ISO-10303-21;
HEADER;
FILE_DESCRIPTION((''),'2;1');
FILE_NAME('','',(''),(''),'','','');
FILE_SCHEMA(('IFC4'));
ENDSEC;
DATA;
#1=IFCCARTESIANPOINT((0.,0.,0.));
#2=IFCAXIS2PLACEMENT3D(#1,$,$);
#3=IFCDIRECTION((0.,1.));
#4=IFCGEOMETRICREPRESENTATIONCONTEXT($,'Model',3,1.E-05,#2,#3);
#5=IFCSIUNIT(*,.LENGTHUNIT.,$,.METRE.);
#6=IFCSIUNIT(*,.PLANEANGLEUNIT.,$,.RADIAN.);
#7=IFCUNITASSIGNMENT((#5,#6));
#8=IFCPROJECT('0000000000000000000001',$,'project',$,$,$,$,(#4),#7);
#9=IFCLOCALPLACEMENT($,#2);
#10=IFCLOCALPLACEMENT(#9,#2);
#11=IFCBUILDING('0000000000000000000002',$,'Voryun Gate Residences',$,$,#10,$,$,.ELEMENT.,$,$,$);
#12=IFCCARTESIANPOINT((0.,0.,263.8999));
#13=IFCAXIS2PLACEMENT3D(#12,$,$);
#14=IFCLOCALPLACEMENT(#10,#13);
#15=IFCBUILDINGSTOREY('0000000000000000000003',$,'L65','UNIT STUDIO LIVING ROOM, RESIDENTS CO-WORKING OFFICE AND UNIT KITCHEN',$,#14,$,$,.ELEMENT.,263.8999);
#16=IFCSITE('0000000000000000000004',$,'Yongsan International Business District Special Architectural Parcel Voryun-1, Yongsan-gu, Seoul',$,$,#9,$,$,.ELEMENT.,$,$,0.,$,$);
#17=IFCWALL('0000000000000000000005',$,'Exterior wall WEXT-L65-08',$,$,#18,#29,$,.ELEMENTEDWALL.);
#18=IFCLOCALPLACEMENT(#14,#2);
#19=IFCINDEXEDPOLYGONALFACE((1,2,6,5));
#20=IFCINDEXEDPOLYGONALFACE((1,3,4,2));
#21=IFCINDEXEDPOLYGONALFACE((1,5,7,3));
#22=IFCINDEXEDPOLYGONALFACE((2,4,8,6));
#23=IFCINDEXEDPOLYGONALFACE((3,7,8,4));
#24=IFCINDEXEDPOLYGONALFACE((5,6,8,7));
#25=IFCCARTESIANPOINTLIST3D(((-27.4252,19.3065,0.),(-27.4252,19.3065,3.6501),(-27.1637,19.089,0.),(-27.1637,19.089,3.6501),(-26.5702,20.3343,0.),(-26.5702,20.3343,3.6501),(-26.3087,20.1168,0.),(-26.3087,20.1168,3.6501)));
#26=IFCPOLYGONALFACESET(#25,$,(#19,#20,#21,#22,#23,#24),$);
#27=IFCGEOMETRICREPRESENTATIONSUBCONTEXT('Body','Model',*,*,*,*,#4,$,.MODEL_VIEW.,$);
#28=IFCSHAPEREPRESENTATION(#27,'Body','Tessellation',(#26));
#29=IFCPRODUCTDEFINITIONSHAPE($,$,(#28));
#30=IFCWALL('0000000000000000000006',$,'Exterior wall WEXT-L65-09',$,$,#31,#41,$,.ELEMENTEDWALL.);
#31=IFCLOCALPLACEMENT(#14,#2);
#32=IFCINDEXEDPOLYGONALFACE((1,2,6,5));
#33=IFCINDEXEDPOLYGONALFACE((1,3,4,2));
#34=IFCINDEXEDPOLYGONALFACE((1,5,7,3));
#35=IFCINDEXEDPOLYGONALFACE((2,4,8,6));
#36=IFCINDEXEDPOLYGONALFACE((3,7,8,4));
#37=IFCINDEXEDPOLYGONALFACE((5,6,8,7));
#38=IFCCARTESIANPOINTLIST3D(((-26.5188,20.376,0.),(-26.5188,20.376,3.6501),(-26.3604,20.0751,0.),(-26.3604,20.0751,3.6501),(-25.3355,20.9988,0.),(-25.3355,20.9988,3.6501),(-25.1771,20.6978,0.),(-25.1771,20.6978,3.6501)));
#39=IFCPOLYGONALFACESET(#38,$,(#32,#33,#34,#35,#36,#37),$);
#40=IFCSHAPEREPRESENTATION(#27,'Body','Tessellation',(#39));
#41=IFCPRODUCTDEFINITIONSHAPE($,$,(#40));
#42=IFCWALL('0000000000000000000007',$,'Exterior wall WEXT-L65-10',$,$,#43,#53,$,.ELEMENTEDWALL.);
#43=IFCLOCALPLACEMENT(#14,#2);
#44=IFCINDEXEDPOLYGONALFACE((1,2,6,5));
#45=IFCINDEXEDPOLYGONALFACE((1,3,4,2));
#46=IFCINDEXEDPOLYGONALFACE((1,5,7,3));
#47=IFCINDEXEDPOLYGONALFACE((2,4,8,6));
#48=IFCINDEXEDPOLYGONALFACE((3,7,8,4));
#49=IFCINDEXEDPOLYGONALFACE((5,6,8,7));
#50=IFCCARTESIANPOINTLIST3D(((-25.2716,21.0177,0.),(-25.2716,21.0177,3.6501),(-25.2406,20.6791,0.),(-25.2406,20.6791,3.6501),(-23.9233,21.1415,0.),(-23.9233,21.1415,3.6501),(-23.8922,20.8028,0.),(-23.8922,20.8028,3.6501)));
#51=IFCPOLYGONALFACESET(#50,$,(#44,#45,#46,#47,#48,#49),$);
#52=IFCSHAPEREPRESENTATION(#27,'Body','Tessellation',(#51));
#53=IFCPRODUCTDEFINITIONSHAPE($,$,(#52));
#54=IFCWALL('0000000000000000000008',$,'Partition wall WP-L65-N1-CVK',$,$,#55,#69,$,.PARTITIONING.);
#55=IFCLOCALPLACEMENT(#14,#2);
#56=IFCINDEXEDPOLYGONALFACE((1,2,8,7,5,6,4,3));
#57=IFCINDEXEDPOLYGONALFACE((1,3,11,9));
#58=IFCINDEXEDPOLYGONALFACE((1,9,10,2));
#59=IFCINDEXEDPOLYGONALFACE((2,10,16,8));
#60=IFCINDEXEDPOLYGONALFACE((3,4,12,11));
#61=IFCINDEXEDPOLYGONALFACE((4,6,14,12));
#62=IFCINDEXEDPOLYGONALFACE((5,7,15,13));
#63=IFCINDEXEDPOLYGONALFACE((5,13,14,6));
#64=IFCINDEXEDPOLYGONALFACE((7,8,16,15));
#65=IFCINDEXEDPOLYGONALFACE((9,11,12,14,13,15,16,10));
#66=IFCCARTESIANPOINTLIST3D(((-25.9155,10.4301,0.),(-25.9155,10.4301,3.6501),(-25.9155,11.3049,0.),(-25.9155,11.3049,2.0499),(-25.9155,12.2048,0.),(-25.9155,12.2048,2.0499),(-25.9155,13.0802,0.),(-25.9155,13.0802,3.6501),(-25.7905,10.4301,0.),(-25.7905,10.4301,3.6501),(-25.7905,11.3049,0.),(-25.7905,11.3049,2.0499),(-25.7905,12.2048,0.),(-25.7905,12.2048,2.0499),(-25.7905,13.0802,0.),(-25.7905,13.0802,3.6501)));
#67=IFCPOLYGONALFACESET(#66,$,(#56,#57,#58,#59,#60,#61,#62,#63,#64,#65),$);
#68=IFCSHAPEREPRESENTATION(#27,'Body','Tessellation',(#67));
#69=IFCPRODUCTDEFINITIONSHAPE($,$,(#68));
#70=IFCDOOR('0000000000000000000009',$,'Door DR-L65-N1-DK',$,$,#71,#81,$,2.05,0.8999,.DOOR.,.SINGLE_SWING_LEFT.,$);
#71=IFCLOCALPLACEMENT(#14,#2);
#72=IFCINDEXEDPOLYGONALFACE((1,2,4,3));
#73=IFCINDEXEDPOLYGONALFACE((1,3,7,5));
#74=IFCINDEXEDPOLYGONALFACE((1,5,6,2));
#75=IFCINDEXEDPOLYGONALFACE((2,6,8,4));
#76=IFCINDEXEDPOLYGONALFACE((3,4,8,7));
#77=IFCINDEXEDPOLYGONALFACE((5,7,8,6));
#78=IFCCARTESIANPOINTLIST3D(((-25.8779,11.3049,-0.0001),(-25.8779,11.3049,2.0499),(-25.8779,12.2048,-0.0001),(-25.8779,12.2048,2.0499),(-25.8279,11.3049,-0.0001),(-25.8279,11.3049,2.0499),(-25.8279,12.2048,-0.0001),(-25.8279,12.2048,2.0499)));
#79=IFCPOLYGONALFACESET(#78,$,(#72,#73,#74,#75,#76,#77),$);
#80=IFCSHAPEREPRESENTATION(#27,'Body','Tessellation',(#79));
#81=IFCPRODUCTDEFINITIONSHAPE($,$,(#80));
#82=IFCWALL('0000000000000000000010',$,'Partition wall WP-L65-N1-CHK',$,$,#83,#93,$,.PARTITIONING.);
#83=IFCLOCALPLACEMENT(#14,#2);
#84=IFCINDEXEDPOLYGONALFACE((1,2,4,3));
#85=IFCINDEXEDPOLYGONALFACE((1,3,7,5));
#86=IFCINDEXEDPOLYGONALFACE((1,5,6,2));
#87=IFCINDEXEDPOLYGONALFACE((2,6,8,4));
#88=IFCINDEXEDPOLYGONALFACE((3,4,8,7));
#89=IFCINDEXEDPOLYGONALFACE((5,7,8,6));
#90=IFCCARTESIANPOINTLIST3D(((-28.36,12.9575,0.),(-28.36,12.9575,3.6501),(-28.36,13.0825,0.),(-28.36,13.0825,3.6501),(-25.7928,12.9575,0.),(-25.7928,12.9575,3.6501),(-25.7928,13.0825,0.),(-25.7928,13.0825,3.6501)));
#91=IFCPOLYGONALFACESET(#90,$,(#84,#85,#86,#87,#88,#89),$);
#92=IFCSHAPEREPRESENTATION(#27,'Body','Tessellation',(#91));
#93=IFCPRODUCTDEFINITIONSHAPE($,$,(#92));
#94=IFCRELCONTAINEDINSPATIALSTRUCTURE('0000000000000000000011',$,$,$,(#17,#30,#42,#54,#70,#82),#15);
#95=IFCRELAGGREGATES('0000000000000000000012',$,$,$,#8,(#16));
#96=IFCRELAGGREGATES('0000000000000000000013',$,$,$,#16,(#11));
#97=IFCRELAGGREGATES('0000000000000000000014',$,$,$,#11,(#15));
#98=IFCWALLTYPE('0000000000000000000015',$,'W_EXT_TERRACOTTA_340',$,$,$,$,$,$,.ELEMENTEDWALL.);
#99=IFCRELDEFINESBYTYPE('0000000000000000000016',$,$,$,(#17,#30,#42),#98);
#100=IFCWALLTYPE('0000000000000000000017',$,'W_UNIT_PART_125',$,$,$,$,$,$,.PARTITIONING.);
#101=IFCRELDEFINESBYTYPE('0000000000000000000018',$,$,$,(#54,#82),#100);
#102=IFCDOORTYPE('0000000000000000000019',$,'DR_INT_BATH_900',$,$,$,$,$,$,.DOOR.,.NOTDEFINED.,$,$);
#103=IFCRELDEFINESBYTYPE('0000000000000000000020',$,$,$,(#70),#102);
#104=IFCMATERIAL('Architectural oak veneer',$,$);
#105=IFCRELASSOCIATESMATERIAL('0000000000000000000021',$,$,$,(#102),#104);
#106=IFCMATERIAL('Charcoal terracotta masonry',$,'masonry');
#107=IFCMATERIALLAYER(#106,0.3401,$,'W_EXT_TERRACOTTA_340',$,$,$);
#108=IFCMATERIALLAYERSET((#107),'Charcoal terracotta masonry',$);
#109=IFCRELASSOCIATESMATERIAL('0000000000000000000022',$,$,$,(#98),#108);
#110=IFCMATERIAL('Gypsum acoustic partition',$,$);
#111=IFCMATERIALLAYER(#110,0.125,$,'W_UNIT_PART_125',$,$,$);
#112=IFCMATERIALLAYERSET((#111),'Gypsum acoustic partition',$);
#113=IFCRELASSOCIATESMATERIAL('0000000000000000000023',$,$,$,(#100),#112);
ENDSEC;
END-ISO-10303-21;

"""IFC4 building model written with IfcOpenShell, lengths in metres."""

from ifc_helpers import new_model, si_unit, direction, frame, frame_2d, origin, place, context, subcontext, project, spatial, rectangle, extrude, material, layer, layer_set, type_object, element, fill, save


model = new_model("IFC4")

# Units and contexts
model_context = context("Model", 3, precision=1e-05, world=origin(), true_north=direction((0.0, 1.0)))
body_context = subcontext(model_context, "Body", "Model", "MODEL_VIEW")
ifc_project = project(units=[si_unit("LENGTHUNIT", "METRE"), si_unit("PLANEANGLEUNIT", "RADIAN")], contexts=[model_context])

# Site, building, storey
site_placement = place(None, origin())
site = spatial("IfcSite", under=ifc_project, at=site_placement, Name="Yongsan International Business District Special Architectural Parcel Voryun-1, Yongsan-gu, Seoul", CompositionType="ELEMENT", RefElevation=0.0)
building_placement = place(site_placement, origin())
building = spatial("IfcBuilding", under=site, at=building_placement, Name="Voryun Gate Residences", CompositionType="ELEMENT")
storey_placement = place(building_placement, frame((0.0, 0.0, 263.8999)))
storey = spatial("IfcBuildingStorey", under=building, at=storey_placement, Name="L65", Description="UNIT STUDIO LIVING ROOM, RESIDENTS CO-WORKING OFFICE AND UNIT KITCHEN", CompositionType="ELEMENT", Elevation=263.8999)

# Shared definitions
ifc_material_1 = material(Name="Architectural oak veneer")
door_type_1 = type_object("IfcDoorType", Name="DR_INT_BATH_900", OperationType="NOTDEFINED", PredefinedType="DOOR", material=ifc_material_1)

# Walls
ifc_material_2 = material(Name="Charcoal terracotta masonry", Category="masonry")
ifc_layer_1 = layer(ifc_material_2, 0.3401, Name="W_EXT_TERRACOTTA_340")
ifc_layer_set_1 = layer_set([ifc_layer_1], Name="Charcoal terracotta masonry")
wall_type_1 = type_object("IfcWallType", Name="W_EXT_TERRACOTTA_340", PredefinedType="ELEMENTEDWALL", material=ifc_layer_set_1)
wall_1_placement = place(storey_placement, frame((-27.2944, 19.1978, 0.0), z_axis=(0.0, 0.0, 1.0), x_axis=(0.639502, 0.76879, 0.0)))
element("IfcWall", 1, at=wall_1_placement, inside=storey, type_object=wall_type_1, Name="Exterior wall WEXT-L65-08", PredefinedType="ELEMENTEDWALL", context=body_context, shape_type="SweptSolid", body=[
    extrude(rectangle(XDim=1.3369, YDim=0.3401, at=frame_2d((0.6685, 0.0))), origin(), (0.0, 0.0, 1.0), 3.6501),
])
wall_2_placement = place(storey_placement, frame((-26.4395, 20.2256, 0.0), z_axis=(0.0, 0.0, 1.0), x_axis=(0.884922, 0.465739, 0.0)))
element("IfcWall", 2, at=wall_2_placement, inside=storey, type_object=wall_type_1, Name="Exterior wall WEXT-L65-09", PredefinedType="ELEMENTEDWALL", context=body_context, shape_type="SweptSolid", body=[
    extrude(rectangle(XDim=1.3372, YDim=0.3401, at=frame_2d((0.6685, 0.0))), origin(), (0.0, 0.0, 1.0), 3.6501),
])
wall_3_placement = place(storey_placement, frame((-25.2561, 20.8484, 0.0), z_axis=(0.0, 0.0, 1.0), x_axis=(0.995813, 0.091414, 0.0)))
element("IfcWall", 3, at=wall_3_placement, inside=storey, type_object=wall_type_1, Name="Exterior wall WEXT-L65-10", PredefinedType="ELEMENTEDWALL", context=body_context, shape_type="SweptSolid", body=[
    extrude(rectangle(XDim=1.354, YDim=0.3401, at=frame_2d((0.677, 0.0))), origin(), (0.0, 0.0, 1.0), 3.6501),
])

# Wall, opening, door
ifc_material_3 = material(Name="Gypsum acoustic partition")
ifc_layer_2 = layer(ifc_material_3, 0.125, Name="W_UNIT_PART_125")
ifc_layer_set_2 = layer_set([ifc_layer_2], Name="Gypsum acoustic partition")
wall_type_2 = type_object("IfcWallType", Name="W_UNIT_PART_125", PredefinedType="PARTITIONING", material=ifc_layer_set_2)
wall_4_placement = place(storey_placement, frame((-25.853, 10.4299, 0.0), z_axis=(0.0, 0.0, 1.0), x_axis=(0.0, 1.0, 0.0)))
wall_4 = element("IfcWall", 4, at=wall_4_placement, inside=storey, type_object=wall_type_2, Name="Partition wall WP-L65-N1-CVK", PredefinedType="PARTITIONING", context=body_context, shape_type="SweptSolid", body=[
    extrude(rectangle(XDim=2.6501, YDim=0.125, at=frame_2d((1.3252, 0.0))), origin(), (0.0, 0.0, 1.0), 3.6501),
])
opening_1_placement = place(wall_4_placement, frame((0.875, 0.0, 0.0)))
opening_1 = element("IfcOpeningElement", 5, at=opening_1_placement, cuts=wall_4, PredefinedType="OPENING", context=body_context, shape_type="SweptSolid", body=[
    extrude(rectangle(XDim=0.8999, YDim=2.05, at=frame_2d((0.45, 1.0249))), frame((0.0, 0.0725, 0.0), z_axis=(0.0, -1.0, 0.0), x_axis=(1.0, 0.0, 0.0)), (0.0, 0.0, 1.0), 0.145),
])
door_1_placement = place(opening_1_placement, origin())
door_1 = element("IfcDoor", 6, at=door_1_placement, inside=storey, type_object=door_type_1, Name="Door DR-L65-N1-DK", OperationType="SINGLE_SWING_LEFT", OverallHeight=2.05, OverallWidth=0.8999, PredefinedType="DOOR", context=body_context, shape_type="SweptSolid", body=[
    extrude(rectangle(XDim=0.8999, YDim=2.05, at=frame_2d((0.45, 1.0249))), frame((0.0, 0.0249, 0.0), z_axis=(0.0, -1.0, 0.0), x_axis=(1.0, 0.0, 0.0)), (0.0, 0.0, 1.0), 0.05),
])
fill(opening_1, door_1)

# Wall
wall_5_placement = place(storey_placement, frame((-28.3601, 13.02, 0.0), z_axis=(0.0, 0.0, 1.0), x_axis=(1.0, 0.0, 0.0)))
element("IfcWall", 7, at=wall_5_placement, inside=storey, type_object=wall_type_2, Name="Partition wall WP-L65-N1-CHK", PredefinedType="PARTITIONING", context=body_context, shape_type="SweptSolid", body=[
    extrude(rectangle(XDim=2.5671, YDim=0.125, at=frame_2d((1.2837, 0.0))), origin(), (0.0, 0.0, 1.0), 3.6501),
])

save(model, "model.ifc")
